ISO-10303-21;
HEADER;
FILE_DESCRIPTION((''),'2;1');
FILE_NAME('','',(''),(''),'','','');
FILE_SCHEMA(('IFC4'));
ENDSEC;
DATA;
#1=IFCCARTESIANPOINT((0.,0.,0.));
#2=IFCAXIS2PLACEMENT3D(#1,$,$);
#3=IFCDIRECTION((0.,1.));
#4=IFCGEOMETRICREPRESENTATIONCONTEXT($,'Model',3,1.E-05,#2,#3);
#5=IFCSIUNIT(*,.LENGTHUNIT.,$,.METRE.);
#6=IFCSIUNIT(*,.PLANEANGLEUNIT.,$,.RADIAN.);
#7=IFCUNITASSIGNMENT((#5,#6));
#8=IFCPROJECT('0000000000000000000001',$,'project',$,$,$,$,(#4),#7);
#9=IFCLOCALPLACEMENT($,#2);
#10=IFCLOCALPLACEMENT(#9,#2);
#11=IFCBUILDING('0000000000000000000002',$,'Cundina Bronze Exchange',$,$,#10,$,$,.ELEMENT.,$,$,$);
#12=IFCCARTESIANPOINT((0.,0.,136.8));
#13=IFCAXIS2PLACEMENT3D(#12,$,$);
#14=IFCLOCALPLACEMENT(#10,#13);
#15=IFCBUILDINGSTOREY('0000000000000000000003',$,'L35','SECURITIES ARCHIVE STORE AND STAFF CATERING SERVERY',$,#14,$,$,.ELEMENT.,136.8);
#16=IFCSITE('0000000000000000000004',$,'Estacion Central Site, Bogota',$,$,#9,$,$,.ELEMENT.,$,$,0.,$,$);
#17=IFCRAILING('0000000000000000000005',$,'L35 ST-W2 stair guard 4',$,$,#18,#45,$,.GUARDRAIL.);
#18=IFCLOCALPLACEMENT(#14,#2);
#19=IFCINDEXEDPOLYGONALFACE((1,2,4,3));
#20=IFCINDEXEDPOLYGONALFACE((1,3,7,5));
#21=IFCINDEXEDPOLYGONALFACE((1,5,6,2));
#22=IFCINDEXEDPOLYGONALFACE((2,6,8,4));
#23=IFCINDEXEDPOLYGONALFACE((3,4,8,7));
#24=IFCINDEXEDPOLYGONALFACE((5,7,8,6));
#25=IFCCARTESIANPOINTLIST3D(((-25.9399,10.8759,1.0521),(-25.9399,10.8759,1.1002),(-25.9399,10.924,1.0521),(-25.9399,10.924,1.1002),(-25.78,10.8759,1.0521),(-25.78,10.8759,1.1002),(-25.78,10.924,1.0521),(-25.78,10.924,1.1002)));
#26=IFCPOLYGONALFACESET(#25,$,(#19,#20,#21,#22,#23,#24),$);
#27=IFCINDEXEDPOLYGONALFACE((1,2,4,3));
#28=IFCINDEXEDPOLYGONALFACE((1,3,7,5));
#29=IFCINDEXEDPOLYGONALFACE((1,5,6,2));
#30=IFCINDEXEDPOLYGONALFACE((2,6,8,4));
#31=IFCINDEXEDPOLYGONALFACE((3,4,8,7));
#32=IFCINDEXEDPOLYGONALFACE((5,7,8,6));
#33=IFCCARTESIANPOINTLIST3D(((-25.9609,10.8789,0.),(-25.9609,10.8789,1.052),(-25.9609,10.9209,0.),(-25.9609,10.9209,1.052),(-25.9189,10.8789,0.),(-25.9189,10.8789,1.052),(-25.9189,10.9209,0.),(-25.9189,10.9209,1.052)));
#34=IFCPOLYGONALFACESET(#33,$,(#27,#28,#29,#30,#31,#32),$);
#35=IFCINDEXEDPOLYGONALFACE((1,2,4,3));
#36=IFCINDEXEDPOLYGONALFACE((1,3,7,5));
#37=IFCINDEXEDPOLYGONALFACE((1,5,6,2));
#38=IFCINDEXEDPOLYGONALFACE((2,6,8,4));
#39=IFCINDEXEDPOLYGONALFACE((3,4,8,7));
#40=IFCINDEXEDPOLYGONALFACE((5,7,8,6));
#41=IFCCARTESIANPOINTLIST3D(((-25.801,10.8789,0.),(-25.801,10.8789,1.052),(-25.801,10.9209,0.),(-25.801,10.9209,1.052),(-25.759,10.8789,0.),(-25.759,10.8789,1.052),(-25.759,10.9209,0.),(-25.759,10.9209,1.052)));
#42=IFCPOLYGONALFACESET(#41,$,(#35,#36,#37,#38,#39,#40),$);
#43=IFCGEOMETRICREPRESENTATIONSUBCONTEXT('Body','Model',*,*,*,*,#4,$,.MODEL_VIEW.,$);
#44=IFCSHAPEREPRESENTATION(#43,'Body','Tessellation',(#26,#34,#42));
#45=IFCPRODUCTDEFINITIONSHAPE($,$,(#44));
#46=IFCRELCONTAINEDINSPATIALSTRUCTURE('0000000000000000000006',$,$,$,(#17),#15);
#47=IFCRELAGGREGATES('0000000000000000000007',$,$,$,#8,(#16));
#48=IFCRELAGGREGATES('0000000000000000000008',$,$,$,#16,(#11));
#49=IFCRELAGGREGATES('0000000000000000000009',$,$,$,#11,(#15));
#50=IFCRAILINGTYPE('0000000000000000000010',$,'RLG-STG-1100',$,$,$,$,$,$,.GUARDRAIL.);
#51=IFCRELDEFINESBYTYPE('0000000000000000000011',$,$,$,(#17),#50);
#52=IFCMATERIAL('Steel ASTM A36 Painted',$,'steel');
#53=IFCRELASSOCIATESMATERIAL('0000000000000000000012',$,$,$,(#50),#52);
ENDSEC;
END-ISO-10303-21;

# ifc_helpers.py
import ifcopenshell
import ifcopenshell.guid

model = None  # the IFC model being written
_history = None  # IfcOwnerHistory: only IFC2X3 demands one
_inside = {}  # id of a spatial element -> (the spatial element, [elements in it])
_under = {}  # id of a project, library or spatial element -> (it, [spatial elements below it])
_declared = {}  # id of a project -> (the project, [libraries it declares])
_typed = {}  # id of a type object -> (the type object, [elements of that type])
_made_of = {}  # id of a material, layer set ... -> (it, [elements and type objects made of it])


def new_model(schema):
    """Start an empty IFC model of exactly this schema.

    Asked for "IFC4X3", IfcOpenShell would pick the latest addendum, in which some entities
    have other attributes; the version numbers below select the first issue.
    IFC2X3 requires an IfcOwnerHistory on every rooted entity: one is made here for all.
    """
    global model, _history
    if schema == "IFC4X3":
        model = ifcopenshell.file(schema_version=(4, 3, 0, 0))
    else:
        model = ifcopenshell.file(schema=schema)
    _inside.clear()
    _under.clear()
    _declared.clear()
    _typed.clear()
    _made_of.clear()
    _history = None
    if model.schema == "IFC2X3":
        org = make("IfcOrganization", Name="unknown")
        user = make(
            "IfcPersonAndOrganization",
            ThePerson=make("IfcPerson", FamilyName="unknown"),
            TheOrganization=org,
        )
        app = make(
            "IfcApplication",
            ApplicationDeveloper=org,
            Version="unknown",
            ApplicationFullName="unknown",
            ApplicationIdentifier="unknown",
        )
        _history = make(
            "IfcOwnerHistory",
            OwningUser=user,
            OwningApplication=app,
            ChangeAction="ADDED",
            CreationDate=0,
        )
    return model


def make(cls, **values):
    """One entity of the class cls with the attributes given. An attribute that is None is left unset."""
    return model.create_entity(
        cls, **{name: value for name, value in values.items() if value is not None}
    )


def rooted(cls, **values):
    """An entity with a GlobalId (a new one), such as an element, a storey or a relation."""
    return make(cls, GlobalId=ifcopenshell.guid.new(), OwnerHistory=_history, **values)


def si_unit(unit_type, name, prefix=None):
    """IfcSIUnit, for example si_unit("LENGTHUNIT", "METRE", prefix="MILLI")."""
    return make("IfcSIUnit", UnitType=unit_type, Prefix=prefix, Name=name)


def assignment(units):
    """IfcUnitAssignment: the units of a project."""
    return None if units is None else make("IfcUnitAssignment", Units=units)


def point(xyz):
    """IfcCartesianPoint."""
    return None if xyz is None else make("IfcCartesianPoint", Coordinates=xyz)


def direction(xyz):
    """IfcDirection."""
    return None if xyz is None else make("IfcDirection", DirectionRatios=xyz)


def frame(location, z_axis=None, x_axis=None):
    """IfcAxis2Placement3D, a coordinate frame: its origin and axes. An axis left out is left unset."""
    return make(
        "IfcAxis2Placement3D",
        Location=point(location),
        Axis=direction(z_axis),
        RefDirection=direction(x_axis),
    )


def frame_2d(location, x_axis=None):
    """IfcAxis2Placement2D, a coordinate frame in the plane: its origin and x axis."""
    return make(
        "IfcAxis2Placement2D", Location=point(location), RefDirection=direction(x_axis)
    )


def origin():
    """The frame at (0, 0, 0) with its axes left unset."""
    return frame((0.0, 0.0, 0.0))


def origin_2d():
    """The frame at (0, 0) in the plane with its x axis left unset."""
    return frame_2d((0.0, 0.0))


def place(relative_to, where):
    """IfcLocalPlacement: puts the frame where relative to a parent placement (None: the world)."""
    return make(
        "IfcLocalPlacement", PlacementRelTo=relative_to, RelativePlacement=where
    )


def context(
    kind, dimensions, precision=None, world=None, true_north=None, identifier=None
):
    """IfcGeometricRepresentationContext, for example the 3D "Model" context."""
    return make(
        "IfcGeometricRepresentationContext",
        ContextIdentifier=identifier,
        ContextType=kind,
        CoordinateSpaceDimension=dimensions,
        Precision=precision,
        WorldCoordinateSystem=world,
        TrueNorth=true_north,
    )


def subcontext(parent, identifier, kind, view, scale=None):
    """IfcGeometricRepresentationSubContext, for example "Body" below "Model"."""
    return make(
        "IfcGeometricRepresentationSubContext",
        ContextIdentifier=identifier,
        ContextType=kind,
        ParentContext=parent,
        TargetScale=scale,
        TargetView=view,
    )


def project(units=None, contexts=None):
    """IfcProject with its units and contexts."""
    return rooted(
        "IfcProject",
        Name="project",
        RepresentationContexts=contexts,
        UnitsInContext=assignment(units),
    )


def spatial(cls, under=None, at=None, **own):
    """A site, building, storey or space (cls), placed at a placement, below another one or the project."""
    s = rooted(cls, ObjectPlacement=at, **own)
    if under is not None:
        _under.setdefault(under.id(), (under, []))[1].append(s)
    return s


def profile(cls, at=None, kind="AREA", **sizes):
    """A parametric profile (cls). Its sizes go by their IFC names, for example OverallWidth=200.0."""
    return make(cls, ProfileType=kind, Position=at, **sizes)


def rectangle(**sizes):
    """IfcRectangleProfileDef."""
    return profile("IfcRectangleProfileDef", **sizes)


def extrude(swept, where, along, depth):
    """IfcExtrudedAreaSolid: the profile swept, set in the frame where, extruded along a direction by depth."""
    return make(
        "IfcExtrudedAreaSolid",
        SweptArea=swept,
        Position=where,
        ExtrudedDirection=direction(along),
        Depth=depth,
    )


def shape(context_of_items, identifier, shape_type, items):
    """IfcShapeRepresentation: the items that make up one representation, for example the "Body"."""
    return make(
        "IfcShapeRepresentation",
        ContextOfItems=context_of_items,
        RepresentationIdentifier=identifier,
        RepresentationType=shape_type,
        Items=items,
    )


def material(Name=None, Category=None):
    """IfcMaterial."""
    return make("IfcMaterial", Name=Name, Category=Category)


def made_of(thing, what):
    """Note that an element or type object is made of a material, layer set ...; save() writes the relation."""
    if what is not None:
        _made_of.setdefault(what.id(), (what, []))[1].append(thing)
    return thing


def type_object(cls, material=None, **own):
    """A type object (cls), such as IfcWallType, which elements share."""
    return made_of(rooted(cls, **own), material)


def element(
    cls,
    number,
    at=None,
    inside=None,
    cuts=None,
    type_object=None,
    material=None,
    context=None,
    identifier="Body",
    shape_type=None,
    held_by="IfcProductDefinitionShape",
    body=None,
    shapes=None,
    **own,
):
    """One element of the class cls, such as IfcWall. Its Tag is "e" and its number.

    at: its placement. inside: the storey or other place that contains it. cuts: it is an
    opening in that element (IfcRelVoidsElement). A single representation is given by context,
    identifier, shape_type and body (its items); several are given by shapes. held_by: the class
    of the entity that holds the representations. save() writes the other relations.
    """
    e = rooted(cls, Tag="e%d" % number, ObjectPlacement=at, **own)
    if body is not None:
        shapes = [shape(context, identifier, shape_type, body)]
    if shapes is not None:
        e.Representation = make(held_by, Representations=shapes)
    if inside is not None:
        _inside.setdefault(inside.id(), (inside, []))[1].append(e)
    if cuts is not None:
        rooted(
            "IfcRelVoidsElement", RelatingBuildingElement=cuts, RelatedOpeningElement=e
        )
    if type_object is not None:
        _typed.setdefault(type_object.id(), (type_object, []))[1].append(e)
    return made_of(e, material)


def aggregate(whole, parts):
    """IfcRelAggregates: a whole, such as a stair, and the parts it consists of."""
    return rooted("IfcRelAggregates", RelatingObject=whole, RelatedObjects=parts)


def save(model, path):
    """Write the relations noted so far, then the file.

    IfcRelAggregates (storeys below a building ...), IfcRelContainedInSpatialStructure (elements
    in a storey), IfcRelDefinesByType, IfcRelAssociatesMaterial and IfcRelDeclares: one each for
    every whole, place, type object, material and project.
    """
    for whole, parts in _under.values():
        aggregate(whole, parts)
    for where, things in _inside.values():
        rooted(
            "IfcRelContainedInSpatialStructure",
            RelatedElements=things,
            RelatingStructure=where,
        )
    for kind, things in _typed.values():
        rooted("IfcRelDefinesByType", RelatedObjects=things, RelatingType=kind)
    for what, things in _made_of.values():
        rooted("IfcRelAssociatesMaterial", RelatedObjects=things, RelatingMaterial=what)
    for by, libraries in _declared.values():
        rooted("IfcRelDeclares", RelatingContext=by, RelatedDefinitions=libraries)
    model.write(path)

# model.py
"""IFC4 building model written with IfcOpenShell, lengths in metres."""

from ifc_helpers import new_model, si_unit, direction, frame, origin, origin_2d, place, context, subcontext, project, spatial, rectangle, extrude, material, type_object, element, save


model = new_model("IFC4")

# Units and contexts
model_context = context("Model", 3, precision=1e-05, world=origin(), true_north=direction((0.0, 1.0)))
body_context = subcontext(model_context, "Body", "Model", "MODEL_VIEW")
ifc_project = project(units=[si_unit("LENGTHUNIT", "METRE"), si_unit("PLANEANGLEUNIT", "RADIAN")], contexts=[model_context])

# Site, building, storey
site_placement = place(None, origin())
site = spatial("IfcSite", under=ifc_project, at=site_placement, Name="Estacion Central Site, Bogota", CompositionType="ELEMENT", RefElevation=0.0)
building_placement = place(site_placement, origin())
building = spatial("IfcBuilding", under=site, at=building_placement, Name="Cundina Bronze Exchange", CompositionType="ELEMENT")
storey_placement = place(building_placement, frame((0.0, 0.0, 136.8)))
storey = spatial("IfcBuildingStorey", under=building, at=storey_placement, Name="L35", Description="SECURITIES ARCHIVE STORE AND STAFF CATERING SERVERY", CompositionType="ELEMENT", Elevation=136.8)

# Shared definitions
ifc_material_1 = material(Name="Steel ASTM A36 Painted", Category="steel")

# Railing
railing_type_1 = type_object("IfcRailingType", Name="RLG-STG-1100", PredefinedType="GUARDRAIL", material=ifc_material_1)
railing_1_placement = place(storey_placement, frame((-25.9399, 10.8999, 0.0)))
element("IfcRailing", 1, at=railing_1_placement, inside=storey, type_object=railing_type_1, Name="L35 ST-W2 stair guard 4", PredefinedType="GUARDRAIL", context=body_context, shape_type="SweptSolid", body=[
    extrude(rectangle(XDim=0.0481, YDim=0.0481, at=origin_2d()), frame((0.0, 0.0, 1.0762), z_axis=(1.0, 0.0, 0.0), x_axis=(0.0, 1.0, 0.0)), (0.0, 0.0, 1.0), 0.1599),
    extrude(rectangle(XDim=0.042, YDim=0.042, at=origin_2d()), origin(), (0.0, 0.0, 1.0), 1.052),
    extrude(rectangle(XDim=0.042, YDim=0.042, at=origin_2d()), frame((0.1599, 0.0, 0.0)), (0.0, 0.0, 1.0), 1.052),
])

save(model, "model.ifc")
